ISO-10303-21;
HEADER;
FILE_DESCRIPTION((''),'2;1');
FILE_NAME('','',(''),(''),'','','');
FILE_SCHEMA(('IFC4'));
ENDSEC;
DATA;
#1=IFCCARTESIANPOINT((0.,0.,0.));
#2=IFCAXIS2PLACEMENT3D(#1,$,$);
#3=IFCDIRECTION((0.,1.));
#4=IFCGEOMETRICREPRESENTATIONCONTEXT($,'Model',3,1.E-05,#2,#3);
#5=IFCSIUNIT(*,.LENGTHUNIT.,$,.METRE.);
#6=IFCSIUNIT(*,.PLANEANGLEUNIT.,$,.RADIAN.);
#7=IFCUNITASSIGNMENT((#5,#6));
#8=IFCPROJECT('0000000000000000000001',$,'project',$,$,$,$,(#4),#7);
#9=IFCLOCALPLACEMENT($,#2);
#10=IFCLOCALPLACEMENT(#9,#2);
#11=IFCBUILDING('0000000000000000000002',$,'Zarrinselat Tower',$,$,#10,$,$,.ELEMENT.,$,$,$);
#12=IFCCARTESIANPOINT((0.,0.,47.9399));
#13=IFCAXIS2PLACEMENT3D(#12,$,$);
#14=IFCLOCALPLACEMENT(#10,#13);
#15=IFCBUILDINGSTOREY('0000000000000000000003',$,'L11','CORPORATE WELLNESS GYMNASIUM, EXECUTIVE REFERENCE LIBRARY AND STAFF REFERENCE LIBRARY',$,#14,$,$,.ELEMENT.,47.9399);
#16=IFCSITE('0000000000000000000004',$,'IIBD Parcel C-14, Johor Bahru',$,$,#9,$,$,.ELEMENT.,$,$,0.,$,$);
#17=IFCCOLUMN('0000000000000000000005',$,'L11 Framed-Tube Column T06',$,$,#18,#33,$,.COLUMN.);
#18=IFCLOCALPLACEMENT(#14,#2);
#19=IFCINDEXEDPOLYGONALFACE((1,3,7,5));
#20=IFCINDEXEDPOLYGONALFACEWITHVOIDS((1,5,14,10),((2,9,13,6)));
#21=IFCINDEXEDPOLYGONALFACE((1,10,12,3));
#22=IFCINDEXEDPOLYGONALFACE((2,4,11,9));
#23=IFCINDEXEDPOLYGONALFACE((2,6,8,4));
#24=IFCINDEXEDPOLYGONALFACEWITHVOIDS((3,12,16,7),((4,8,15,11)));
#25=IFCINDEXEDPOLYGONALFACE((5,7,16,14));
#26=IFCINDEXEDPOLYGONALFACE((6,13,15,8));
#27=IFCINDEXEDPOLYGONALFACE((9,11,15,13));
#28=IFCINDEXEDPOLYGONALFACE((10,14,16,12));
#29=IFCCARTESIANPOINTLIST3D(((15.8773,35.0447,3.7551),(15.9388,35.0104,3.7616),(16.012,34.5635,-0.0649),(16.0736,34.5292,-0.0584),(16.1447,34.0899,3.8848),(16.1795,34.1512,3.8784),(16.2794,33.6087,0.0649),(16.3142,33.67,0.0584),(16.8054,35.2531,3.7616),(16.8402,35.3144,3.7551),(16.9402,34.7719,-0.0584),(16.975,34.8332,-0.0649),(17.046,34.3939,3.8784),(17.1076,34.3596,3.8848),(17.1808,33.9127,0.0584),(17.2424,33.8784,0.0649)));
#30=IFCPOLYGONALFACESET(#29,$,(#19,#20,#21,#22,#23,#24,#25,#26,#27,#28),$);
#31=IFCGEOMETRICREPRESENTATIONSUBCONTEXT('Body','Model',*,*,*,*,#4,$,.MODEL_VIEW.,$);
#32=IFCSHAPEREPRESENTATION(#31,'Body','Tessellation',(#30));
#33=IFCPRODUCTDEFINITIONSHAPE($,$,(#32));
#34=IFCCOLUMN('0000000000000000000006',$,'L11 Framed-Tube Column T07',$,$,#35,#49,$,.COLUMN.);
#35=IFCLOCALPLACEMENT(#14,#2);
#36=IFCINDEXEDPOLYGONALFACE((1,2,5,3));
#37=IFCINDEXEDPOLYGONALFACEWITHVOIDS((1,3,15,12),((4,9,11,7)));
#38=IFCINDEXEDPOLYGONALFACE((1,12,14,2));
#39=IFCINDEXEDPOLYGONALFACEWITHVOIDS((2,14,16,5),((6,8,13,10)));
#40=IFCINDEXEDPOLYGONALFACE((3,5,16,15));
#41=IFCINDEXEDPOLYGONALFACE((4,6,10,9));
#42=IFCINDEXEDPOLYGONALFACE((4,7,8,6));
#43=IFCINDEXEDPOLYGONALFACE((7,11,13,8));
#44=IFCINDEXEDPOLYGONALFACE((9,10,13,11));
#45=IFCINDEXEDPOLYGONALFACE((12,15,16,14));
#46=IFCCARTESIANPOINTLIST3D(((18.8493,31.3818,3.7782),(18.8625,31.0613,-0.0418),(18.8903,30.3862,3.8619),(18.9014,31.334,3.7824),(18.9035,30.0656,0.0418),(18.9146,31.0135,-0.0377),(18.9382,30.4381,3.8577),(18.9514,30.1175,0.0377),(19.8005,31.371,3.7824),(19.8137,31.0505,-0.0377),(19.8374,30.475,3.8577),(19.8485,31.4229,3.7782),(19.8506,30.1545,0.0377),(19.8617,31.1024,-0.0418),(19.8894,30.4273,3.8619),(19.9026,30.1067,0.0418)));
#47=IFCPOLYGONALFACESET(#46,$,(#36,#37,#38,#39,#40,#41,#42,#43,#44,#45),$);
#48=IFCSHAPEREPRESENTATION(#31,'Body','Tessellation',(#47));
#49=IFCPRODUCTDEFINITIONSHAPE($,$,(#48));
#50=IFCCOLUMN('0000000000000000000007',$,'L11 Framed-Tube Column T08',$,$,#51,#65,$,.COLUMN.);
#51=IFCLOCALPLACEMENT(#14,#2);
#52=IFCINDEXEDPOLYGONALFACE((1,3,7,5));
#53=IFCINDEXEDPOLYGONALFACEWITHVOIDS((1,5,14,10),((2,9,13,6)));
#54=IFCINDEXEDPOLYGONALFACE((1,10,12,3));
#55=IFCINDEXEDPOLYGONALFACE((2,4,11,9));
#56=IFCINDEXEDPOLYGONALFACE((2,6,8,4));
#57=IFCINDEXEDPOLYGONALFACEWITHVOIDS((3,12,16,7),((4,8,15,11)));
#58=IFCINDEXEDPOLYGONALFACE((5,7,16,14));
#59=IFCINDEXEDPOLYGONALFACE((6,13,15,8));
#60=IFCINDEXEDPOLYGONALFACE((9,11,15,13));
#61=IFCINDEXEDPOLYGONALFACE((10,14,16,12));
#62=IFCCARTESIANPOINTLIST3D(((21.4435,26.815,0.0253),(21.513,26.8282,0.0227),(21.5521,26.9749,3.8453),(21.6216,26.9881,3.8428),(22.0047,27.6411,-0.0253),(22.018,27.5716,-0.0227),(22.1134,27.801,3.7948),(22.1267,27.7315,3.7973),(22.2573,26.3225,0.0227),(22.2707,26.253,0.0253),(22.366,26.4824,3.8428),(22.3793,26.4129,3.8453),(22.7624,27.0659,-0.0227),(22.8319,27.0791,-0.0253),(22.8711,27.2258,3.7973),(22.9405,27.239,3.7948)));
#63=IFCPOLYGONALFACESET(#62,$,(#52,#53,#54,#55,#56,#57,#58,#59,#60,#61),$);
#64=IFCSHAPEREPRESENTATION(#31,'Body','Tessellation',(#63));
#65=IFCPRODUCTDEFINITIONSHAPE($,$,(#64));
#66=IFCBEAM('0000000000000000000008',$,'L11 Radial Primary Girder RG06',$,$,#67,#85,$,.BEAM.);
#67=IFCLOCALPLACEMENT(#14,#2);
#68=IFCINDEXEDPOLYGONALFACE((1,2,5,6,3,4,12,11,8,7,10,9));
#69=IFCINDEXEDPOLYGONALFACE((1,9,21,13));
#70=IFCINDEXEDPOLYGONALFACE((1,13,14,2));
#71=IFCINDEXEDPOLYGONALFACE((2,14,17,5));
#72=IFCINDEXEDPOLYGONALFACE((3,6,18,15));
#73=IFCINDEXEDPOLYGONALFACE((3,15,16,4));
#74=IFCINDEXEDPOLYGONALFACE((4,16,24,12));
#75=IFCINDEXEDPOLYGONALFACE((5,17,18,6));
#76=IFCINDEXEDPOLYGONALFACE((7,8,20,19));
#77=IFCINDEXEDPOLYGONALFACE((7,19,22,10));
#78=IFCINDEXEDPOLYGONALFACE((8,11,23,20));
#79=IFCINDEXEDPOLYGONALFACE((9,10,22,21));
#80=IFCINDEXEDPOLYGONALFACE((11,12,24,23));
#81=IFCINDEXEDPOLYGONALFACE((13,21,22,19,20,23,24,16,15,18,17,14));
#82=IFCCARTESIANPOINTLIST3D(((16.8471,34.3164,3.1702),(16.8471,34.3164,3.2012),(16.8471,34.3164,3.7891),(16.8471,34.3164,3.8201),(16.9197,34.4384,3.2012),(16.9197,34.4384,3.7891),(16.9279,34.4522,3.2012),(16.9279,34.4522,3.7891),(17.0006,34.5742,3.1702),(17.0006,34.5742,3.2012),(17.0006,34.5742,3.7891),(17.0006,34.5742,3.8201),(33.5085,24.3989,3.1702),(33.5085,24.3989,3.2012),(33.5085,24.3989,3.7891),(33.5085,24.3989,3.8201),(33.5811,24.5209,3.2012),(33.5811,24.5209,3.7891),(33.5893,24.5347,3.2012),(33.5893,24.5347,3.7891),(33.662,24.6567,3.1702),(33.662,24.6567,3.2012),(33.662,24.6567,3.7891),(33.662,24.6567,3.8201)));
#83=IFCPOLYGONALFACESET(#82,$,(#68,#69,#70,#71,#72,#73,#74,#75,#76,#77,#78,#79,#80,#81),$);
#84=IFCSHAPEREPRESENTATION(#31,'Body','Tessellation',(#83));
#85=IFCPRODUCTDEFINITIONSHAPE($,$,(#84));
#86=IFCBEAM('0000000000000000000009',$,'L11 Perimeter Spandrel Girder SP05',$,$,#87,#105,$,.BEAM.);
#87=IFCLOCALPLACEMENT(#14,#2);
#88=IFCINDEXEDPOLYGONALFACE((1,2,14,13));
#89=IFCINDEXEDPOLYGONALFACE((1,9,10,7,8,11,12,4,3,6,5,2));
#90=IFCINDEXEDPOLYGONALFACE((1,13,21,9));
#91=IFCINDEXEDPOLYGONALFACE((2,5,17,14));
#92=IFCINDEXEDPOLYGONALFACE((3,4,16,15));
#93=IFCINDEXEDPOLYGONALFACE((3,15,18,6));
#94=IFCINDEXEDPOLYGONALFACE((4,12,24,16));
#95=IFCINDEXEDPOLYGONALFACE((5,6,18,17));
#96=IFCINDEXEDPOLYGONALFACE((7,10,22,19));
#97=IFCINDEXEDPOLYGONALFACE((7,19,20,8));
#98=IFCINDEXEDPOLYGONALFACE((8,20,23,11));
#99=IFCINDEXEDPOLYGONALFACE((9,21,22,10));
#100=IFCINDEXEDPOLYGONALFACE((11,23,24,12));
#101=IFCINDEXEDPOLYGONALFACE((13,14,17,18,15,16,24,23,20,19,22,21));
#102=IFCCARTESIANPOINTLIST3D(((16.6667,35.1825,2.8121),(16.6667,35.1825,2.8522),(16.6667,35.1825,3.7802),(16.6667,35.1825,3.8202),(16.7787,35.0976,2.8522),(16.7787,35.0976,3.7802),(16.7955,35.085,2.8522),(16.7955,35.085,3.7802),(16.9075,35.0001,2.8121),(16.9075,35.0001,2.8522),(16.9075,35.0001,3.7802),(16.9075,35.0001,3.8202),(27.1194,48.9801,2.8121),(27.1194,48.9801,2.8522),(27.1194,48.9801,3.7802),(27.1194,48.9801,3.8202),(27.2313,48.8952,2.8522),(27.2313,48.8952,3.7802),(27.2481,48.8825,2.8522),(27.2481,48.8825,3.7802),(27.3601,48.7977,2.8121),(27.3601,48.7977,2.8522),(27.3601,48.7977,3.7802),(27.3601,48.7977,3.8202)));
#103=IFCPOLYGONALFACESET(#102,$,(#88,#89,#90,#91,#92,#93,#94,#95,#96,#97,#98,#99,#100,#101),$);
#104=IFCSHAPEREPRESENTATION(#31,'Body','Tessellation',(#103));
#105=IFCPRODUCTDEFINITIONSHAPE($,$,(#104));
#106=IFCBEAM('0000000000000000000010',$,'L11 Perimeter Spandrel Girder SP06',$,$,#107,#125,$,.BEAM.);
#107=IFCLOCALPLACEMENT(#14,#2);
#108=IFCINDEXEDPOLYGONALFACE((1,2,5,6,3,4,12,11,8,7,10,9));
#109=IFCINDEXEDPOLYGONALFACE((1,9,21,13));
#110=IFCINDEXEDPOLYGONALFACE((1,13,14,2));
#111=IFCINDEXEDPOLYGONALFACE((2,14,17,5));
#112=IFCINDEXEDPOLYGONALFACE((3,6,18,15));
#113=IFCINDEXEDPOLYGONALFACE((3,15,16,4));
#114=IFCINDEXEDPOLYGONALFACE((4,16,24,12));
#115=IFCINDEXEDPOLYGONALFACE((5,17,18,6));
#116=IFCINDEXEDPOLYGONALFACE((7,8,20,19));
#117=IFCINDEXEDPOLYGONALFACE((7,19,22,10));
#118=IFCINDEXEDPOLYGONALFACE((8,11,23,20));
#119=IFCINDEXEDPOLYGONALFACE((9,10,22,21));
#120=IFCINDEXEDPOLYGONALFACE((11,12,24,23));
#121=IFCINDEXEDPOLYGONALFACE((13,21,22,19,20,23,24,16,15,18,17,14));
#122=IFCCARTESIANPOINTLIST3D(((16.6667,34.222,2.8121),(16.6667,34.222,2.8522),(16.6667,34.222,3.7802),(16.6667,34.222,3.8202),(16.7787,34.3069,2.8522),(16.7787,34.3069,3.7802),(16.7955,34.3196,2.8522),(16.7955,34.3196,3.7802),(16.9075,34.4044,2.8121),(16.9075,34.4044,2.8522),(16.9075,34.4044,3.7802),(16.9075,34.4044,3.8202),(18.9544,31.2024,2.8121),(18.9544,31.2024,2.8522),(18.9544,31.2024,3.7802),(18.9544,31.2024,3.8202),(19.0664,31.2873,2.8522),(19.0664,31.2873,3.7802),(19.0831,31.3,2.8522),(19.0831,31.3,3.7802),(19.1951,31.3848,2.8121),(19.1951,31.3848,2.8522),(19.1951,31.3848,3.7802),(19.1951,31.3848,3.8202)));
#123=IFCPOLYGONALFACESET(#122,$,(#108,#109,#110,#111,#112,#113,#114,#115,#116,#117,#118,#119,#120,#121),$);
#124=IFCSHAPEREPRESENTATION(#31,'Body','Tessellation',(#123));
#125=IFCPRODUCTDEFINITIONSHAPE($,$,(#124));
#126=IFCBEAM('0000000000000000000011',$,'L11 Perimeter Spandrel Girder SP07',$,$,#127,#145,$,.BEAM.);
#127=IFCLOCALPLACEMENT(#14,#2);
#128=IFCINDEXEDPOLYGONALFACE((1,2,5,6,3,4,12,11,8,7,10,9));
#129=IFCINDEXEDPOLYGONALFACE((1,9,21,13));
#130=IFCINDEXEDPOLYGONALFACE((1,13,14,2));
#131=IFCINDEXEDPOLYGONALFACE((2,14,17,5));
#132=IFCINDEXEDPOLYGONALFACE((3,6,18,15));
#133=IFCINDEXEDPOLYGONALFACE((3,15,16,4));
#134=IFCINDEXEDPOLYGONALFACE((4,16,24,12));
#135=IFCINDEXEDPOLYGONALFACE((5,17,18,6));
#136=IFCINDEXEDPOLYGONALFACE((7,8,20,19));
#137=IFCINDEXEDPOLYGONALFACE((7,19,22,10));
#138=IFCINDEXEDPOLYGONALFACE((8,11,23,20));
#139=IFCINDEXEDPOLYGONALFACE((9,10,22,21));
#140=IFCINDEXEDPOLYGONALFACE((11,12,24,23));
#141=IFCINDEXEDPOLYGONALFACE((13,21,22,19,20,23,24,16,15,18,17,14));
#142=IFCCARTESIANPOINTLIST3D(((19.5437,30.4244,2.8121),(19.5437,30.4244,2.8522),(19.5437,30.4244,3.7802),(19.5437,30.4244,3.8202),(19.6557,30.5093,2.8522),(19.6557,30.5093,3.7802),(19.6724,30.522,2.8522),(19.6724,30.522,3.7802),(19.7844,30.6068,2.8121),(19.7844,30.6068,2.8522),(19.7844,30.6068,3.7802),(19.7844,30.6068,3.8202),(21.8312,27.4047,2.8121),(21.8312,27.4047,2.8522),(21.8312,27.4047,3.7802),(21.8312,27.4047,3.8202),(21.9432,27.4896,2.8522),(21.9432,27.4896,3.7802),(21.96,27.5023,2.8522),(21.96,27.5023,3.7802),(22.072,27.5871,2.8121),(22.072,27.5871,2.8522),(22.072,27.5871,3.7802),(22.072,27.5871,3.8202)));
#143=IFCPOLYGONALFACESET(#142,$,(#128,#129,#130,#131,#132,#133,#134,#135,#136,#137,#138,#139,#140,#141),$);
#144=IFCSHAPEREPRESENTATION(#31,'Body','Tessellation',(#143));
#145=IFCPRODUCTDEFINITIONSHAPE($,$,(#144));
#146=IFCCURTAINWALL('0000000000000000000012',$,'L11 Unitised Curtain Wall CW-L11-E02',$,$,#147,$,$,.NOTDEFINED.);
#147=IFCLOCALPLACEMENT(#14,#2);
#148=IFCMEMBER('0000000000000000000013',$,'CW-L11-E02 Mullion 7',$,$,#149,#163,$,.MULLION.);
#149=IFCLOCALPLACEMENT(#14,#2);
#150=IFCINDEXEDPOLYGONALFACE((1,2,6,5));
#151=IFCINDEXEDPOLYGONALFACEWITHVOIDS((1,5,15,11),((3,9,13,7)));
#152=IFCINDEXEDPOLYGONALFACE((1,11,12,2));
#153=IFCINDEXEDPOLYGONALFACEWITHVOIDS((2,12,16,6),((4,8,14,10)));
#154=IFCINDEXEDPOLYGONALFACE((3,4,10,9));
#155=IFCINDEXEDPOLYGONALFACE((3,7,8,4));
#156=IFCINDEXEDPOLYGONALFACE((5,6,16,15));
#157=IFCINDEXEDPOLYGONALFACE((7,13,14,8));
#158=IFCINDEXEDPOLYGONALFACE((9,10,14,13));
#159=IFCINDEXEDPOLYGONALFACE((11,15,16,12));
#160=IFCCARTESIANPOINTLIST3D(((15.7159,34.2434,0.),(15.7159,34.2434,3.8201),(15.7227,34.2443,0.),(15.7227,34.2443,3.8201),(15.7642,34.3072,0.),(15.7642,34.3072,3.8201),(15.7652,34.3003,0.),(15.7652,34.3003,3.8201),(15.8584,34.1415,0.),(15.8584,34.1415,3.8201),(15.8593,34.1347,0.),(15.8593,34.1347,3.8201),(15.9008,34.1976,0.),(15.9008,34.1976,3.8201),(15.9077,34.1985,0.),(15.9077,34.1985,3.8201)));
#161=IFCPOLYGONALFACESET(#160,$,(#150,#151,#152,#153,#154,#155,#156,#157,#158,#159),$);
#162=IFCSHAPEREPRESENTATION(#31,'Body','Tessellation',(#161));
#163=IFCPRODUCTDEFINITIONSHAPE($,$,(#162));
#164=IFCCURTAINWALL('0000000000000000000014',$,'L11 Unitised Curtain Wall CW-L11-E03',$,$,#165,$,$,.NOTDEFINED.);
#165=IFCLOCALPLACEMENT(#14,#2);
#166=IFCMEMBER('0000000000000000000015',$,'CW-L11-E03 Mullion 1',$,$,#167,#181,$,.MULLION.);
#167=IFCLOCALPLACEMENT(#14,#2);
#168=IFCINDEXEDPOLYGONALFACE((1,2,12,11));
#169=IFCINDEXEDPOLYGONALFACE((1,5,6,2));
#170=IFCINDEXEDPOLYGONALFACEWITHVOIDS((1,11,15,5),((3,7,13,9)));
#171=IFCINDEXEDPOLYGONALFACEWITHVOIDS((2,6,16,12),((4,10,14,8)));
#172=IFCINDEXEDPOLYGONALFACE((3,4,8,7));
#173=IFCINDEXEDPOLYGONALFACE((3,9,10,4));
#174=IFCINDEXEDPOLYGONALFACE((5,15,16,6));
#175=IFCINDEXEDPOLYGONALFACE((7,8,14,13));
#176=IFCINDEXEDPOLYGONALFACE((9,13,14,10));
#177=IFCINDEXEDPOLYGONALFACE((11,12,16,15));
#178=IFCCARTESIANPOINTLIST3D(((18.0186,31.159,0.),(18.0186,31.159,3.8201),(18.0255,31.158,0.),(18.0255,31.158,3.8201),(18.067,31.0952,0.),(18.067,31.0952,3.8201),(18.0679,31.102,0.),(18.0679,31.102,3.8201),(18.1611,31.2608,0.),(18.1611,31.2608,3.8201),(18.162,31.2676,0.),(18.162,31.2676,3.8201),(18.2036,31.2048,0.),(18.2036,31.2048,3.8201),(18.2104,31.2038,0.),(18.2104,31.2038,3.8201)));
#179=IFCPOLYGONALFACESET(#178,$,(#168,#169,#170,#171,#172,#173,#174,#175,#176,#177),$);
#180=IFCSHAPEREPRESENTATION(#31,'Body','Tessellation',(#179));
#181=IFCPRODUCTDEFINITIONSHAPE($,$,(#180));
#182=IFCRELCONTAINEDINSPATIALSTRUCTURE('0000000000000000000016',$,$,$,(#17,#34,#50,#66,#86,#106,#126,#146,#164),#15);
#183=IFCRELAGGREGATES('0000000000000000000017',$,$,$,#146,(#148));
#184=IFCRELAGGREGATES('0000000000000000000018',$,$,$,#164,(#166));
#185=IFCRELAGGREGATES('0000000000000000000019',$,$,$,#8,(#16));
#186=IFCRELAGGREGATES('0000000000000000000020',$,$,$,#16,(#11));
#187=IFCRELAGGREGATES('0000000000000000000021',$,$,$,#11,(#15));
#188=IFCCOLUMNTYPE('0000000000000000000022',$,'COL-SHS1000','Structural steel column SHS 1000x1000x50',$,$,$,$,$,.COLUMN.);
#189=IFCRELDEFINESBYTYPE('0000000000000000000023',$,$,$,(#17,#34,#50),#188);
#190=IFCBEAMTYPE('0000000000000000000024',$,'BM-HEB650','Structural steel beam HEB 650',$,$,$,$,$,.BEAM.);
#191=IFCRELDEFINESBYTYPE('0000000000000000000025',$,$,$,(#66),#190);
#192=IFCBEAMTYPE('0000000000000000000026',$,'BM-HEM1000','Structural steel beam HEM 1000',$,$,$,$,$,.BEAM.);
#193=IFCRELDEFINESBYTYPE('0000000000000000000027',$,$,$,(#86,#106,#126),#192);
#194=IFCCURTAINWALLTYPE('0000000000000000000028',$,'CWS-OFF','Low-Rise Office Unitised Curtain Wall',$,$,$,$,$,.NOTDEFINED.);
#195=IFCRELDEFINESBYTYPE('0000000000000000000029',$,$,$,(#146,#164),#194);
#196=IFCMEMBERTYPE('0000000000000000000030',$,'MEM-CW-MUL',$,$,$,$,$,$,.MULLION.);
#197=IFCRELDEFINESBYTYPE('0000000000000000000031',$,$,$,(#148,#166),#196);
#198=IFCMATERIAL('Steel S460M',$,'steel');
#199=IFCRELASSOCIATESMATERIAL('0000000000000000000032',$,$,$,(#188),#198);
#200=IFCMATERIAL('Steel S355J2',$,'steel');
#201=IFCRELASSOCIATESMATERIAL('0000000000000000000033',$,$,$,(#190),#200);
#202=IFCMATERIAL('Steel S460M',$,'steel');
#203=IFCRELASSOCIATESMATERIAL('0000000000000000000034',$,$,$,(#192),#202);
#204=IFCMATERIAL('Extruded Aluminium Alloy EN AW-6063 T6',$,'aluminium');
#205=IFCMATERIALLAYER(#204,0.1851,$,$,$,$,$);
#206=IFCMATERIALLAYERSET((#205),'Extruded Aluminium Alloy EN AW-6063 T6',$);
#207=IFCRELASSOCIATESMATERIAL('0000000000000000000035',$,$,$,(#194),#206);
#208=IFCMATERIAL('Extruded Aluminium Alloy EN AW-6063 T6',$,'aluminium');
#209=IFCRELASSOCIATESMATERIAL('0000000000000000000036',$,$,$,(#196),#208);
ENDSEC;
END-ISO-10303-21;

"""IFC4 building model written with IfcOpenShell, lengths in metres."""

from ifc_helpers import new_model, si_unit, direction, frame, origin, origin_2d, place, context, subcontext, project, spatial, hollow_rectangle, i_section, extrude, material, layer, layer_set, material_profile, profile_set, type_object, element, aggregate, save


model = new_model("IFC4")

# Units and contexts
model_context = context("Model", 3, precision=1e-05, world=origin(), true_north=direction((0.0, 1.0)))
body_context = subcontext(model_context, "Body", "Model", "MODEL_VIEW")
ifc_project = project(units=[si_unit("LENGTHUNIT", "METRE"), si_unit("PLANEANGLEUNIT", "RADIAN")], contexts=[model_context])

# Site, building, storey
site_placement = place(None, origin())
site = spatial("IfcSite", under=ifc_project, at=site_placement, Name="IIBD Parcel C-14, Johor Bahru", CompositionType="ELEMENT", RefElevation=0.0)
building_placement = place(site_placement, origin())
building = spatial("IfcBuilding", under=site, at=building_placement, Name="Zarrinselat Tower", CompositionType="ELEMENT")
storey_placement = place(building_placement, frame((0.0, 0.0, 47.9399)))
storey = spatial("IfcBuildingStorey", under=building, at=storey_placement, Name="L11", Description="CORPORATE WELLNESS GYMNASIUM, EXECUTIVE REFERENCE LIBRARY AND STAFF REFERENCE LIBRARY", CompositionType="ELEMENT", Elevation=47.9399)

# Columns
ifc_material_1 = material(Name="Steel S460M", Category="steel")
ifc_material_profile_1 = material_profile(ifc_material_1, hollow_rectangle(XDim=1.0, YDim=1.0, WallThickness=0.05, at=origin_2d()), Name="SHS 1000x1000x50")
ifc_profile_set_1 = profile_set([ifc_material_profile_1], Name="Steel S460M")
column_type = type_object("IfcColumnType", Name="COL-SHS1000", Description="Structural steel column SHS 1000x1000x50", PredefinedType="COLUMN", material=ifc_profile_set_1)
column_1_placement = place(storey_placement, frame((16.6272, 34.2209, 0.0), z_axis=(-0.03498, 0.124902, 0.991552), x_axis=(-0.962949, -0.269684, 0.0)))
element("IfcColumn", 1, at=column_1_placement, inside=storey, type_object=column_type, Name="L11 Framed-Tube Column T06", PredefinedType="COLUMN", context=body_context, shape_type="SweptSolid", body=[
    extrude(hollow_rectangle(XDim=1.0, YDim=1.0, WallThickness=0.05, at=origin_2d()), origin(), (0.0, 0.0, 1.0), 3.8525),
])
column_2_placement = place(storey_placement, frame((19.3826, 30.584, 0.0), z_axis=(-0.003439, 0.083619, 0.996492), x_axis=(-0.999155, -0.041092, 0.0)))
element("IfcColumn", 2, at=column_2_placement, inside=storey, type_object=column_type, Name="L11 Framed-Tube Column T07", PredefinedType="COLUMN", context=body_context, shape_type="SweptSolid", body=[
    extrude(hollow_rectangle(XDim=1.0, YDim=1.0, WallThickness=0.05, at=origin_2d()), origin(), (0.0, 0.0, 1.0), 3.8335),
])
column_3_placement = place(storey_placement, frame((22.1377, 26.947, 0.0), z_axis=(0.028404, 0.041808, 0.998722), x_axis=(-0.827161, 0.561965, 0.0)))
element("IfcColumn", 3, at=column_3_placement, inside=storey, type_object=column_type, Name="L11 Framed-Tube Column T08", PredefinedType="COLUMN", context=body_context, shape_type="SweptSolid", body=[
    extrude(hollow_rectangle(XDim=1.0, YDim=1.0, WallThickness=0.05, at=origin_2d()), origin(), (0.0, 0.0, 1.0), 3.825),
])

# Beams
ifc_material_2 = material(Name="Steel S355J2", Category="steel")
ifc_material_profile_2 = material_profile(ifc_material_2, i_section(OverallWidth=0.3, OverallDepth=0.6499, WebThickness=0.0161, FlangeThickness=0.031, at=origin_2d()), Name="HEB 650")
ifc_profile_set_2 = profile_set([ifc_material_profile_2], Name="Steel S355J2")
beam_type_1 = type_object("IfcBeamType", Name="BM-HEB650", Description="Structural steel beam HEB 650", PredefinedType="BEAM", material=ifc_profile_set_2)
beam_1_placement = place(storey_placement, frame((16.9238, 34.4453, 3.4951), z_axis=(0.859293, -0.511484, 0.0), x_axis=(0.511484, 0.859293, 0.0)))
element("IfcBeam", 4, at=beam_1_placement, inside=storey, type_object=beam_type_1, Name="L11 Radial Primary Girder RG06", PredefinedType="BEAM", context=body_context, shape_type="SweptSolid", body=[
    extrude(i_section(OverallWidth=0.3, OverallDepth=0.6499, WebThickness=0.0161, FlangeThickness=0.031, at=origin_2d()), origin(), (0.0, 0.0, 1.0), 19.3896),
])
ifc_material_3 = material(Name="Steel S460M", Category="steel")
ifc_material_profile_3 = material_profile(ifc_material_3, i_section(OverallWidth=0.302, OverallDepth=1.0081, WebThickness=0.021, FlangeThickness=0.04, at=origin_2d()), Name="HEM 1000")
ifc_profile_set_3 = profile_set([ifc_material_profile_3], Name="Steel S460M")
beam_type_2 = type_object("IfcBeamType", Name="BM-HEM1000", Description="Structural steel beam HEM 1000", PredefinedType="BEAM", material=ifc_profile_set_3)
beam_2_placement = place(storey_placement, frame((16.7871, 35.0913, 3.3162), z_axis=(0.603854, 0.797095, 0.0), x_axis=(-0.797095, 0.603854, 0.0)))
element("IfcBeam", 5, at=beam_2_placement, inside=storey, type_object=beam_type_2, Name="L11 Perimeter Spandrel Girder SP05", PredefinedType="BEAM", context=body_context, shape_type="SweptSolid", body=[
    extrude(i_section(OverallWidth=0.302, OverallDepth=1.0081, WebThickness=0.021, FlangeThickness=0.04, at=origin_2d()), origin(), (0.0, 0.0, 1.0), 17.3098),
])
for number, where, z_axis, x_axis, name in (
    (6, (16.7871, 34.3132, 3.3162), (0.60387, -0.797083, 0.0), (0.797083, 0.60387, 0.0), "L11 Perimeter Spandrel Girder SP06"),
    (7, (19.6641, 30.5156, 3.3162), (0.603839, -0.797106, 0.0), (0.797106, 0.603839, 0.0), "L11 Perimeter Spandrel Girder SP07"),
):
    element("IfcBeam", number, at=place(storey_placement, frame(where, z_axis=z_axis, x_axis=x_axis)), inside=storey, type_object=beam_type_2, Name=name, PredefinedType="BEAM", context=body_context, shape_type="SweptSolid", body=[
        extrude(i_section(OverallWidth=0.302, OverallDepth=1.0081, WebThickness=0.021, FlangeThickness=0.04, at=origin_2d()), origin(), (0.0, 0.0, 1.0), 3.7883),
    ])

# Curtain wall, member
ifc_material_4 = material(Name="Extruded Aluminium Alloy EN AW-6063 T6", Category="aluminium")
ifc_layer_1 = layer(ifc_material_4, 0.1851)
ifc_layer_set_1 = layer_set([ifc_layer_1], Name="Extruded Aluminium Alloy EN AW-6063 T6")
curtain_wall_type = type_object("IfcCurtainWallType", Name="CWS-OFF", Description="Low-Rise Office Unitised Curtain Wall", PredefinedType="NOTDEFINED", material=ifc_layer_set_1)
curtain_wall_1_placement = place(storey_placement, origin())
curtain_wall_1 = element("IfcCurtainWall", 8, at=curtain_wall_1_placement, inside=storey, type_object=curtain_wall_type, Name="L11 Unitised Curtain Wall CW-L11-E02", PredefinedType="NOTDEFINED")
ifc_material_5 = material(Name="Extruded Aluminium Alloy EN AW-6063 T6", Category="aluminium")
ifc_material_profile_4 = material_profile(ifc_material_5, hollow_rectangle(XDim=0.0801, YDim=0.1799, WallThickness=0.0049, at=origin_2d()), Name="RHS 180x80x5")
ifc_profile_set_4 = profile_set([ifc_material_profile_4], Name="Extruded Aluminium Alloy EN AW-6063 T6")
member_type_1 = type_object("IfcMemberType", Name="MEM-CW-MUL", PredefinedType="MULLION", material=ifc_profile_set_4)
member_1_placement = place(storey_placement, frame((15.8118, 34.2209, 0.0), z_axis=(0.0, 0.0, 1.0), x_axis=(-0.603857, -0.797093, 0.0)))
member_1 = element("IfcMember", 9, at=member_1_placement, type_object=member_type_1, Name="CW-L11-E02 Mullion 7", PredefinedType="MULLION", context=body_context, shape_type="SweptSolid", body=[
    extrude(hollow_rectangle(XDim=0.0801, YDim=0.1799, WallThickness=0.0049, at=origin_2d()), origin(), (0.0, 0.0, 1.0), 3.8201),
])

# Curtain wall, member
curtain_wall_2_placement = place(storey_placement, origin())
curtain_wall_2 = element("IfcCurtainWall", 10, at=curtain_wall_2_placement, inside=storey, type_object=curtain_wall_type, Name="L11 Unitised Curtain Wall CW-L11-E03", PredefinedType="NOTDEFINED")
member_2_placement = place(storey_placement, frame((18.1145, 31.1814, 0.0), z_axis=(0.0, 0.0, 1.0), x_axis=(0.603857, -0.797092, 0.0)))
member_2 = element("IfcMember", 11, at=member_2_placement, type_object=member_type_1, Name="CW-L11-E03 Mullion 1", PredefinedType="MULLION", context=body_context, shape_type="SweptSolid", body=[
    extrude(hollow_rectangle(XDim=0.0801, YDim=0.1799, WallThickness=0.0049, at=origin_2d()), origin(), (0.0, 0.0, 1.0), 3.8201),
])

aggregate(curtain_wall_1, [member_1])
aggregate(curtain_wall_2, [member_2])

save(model, "model.ifc")
